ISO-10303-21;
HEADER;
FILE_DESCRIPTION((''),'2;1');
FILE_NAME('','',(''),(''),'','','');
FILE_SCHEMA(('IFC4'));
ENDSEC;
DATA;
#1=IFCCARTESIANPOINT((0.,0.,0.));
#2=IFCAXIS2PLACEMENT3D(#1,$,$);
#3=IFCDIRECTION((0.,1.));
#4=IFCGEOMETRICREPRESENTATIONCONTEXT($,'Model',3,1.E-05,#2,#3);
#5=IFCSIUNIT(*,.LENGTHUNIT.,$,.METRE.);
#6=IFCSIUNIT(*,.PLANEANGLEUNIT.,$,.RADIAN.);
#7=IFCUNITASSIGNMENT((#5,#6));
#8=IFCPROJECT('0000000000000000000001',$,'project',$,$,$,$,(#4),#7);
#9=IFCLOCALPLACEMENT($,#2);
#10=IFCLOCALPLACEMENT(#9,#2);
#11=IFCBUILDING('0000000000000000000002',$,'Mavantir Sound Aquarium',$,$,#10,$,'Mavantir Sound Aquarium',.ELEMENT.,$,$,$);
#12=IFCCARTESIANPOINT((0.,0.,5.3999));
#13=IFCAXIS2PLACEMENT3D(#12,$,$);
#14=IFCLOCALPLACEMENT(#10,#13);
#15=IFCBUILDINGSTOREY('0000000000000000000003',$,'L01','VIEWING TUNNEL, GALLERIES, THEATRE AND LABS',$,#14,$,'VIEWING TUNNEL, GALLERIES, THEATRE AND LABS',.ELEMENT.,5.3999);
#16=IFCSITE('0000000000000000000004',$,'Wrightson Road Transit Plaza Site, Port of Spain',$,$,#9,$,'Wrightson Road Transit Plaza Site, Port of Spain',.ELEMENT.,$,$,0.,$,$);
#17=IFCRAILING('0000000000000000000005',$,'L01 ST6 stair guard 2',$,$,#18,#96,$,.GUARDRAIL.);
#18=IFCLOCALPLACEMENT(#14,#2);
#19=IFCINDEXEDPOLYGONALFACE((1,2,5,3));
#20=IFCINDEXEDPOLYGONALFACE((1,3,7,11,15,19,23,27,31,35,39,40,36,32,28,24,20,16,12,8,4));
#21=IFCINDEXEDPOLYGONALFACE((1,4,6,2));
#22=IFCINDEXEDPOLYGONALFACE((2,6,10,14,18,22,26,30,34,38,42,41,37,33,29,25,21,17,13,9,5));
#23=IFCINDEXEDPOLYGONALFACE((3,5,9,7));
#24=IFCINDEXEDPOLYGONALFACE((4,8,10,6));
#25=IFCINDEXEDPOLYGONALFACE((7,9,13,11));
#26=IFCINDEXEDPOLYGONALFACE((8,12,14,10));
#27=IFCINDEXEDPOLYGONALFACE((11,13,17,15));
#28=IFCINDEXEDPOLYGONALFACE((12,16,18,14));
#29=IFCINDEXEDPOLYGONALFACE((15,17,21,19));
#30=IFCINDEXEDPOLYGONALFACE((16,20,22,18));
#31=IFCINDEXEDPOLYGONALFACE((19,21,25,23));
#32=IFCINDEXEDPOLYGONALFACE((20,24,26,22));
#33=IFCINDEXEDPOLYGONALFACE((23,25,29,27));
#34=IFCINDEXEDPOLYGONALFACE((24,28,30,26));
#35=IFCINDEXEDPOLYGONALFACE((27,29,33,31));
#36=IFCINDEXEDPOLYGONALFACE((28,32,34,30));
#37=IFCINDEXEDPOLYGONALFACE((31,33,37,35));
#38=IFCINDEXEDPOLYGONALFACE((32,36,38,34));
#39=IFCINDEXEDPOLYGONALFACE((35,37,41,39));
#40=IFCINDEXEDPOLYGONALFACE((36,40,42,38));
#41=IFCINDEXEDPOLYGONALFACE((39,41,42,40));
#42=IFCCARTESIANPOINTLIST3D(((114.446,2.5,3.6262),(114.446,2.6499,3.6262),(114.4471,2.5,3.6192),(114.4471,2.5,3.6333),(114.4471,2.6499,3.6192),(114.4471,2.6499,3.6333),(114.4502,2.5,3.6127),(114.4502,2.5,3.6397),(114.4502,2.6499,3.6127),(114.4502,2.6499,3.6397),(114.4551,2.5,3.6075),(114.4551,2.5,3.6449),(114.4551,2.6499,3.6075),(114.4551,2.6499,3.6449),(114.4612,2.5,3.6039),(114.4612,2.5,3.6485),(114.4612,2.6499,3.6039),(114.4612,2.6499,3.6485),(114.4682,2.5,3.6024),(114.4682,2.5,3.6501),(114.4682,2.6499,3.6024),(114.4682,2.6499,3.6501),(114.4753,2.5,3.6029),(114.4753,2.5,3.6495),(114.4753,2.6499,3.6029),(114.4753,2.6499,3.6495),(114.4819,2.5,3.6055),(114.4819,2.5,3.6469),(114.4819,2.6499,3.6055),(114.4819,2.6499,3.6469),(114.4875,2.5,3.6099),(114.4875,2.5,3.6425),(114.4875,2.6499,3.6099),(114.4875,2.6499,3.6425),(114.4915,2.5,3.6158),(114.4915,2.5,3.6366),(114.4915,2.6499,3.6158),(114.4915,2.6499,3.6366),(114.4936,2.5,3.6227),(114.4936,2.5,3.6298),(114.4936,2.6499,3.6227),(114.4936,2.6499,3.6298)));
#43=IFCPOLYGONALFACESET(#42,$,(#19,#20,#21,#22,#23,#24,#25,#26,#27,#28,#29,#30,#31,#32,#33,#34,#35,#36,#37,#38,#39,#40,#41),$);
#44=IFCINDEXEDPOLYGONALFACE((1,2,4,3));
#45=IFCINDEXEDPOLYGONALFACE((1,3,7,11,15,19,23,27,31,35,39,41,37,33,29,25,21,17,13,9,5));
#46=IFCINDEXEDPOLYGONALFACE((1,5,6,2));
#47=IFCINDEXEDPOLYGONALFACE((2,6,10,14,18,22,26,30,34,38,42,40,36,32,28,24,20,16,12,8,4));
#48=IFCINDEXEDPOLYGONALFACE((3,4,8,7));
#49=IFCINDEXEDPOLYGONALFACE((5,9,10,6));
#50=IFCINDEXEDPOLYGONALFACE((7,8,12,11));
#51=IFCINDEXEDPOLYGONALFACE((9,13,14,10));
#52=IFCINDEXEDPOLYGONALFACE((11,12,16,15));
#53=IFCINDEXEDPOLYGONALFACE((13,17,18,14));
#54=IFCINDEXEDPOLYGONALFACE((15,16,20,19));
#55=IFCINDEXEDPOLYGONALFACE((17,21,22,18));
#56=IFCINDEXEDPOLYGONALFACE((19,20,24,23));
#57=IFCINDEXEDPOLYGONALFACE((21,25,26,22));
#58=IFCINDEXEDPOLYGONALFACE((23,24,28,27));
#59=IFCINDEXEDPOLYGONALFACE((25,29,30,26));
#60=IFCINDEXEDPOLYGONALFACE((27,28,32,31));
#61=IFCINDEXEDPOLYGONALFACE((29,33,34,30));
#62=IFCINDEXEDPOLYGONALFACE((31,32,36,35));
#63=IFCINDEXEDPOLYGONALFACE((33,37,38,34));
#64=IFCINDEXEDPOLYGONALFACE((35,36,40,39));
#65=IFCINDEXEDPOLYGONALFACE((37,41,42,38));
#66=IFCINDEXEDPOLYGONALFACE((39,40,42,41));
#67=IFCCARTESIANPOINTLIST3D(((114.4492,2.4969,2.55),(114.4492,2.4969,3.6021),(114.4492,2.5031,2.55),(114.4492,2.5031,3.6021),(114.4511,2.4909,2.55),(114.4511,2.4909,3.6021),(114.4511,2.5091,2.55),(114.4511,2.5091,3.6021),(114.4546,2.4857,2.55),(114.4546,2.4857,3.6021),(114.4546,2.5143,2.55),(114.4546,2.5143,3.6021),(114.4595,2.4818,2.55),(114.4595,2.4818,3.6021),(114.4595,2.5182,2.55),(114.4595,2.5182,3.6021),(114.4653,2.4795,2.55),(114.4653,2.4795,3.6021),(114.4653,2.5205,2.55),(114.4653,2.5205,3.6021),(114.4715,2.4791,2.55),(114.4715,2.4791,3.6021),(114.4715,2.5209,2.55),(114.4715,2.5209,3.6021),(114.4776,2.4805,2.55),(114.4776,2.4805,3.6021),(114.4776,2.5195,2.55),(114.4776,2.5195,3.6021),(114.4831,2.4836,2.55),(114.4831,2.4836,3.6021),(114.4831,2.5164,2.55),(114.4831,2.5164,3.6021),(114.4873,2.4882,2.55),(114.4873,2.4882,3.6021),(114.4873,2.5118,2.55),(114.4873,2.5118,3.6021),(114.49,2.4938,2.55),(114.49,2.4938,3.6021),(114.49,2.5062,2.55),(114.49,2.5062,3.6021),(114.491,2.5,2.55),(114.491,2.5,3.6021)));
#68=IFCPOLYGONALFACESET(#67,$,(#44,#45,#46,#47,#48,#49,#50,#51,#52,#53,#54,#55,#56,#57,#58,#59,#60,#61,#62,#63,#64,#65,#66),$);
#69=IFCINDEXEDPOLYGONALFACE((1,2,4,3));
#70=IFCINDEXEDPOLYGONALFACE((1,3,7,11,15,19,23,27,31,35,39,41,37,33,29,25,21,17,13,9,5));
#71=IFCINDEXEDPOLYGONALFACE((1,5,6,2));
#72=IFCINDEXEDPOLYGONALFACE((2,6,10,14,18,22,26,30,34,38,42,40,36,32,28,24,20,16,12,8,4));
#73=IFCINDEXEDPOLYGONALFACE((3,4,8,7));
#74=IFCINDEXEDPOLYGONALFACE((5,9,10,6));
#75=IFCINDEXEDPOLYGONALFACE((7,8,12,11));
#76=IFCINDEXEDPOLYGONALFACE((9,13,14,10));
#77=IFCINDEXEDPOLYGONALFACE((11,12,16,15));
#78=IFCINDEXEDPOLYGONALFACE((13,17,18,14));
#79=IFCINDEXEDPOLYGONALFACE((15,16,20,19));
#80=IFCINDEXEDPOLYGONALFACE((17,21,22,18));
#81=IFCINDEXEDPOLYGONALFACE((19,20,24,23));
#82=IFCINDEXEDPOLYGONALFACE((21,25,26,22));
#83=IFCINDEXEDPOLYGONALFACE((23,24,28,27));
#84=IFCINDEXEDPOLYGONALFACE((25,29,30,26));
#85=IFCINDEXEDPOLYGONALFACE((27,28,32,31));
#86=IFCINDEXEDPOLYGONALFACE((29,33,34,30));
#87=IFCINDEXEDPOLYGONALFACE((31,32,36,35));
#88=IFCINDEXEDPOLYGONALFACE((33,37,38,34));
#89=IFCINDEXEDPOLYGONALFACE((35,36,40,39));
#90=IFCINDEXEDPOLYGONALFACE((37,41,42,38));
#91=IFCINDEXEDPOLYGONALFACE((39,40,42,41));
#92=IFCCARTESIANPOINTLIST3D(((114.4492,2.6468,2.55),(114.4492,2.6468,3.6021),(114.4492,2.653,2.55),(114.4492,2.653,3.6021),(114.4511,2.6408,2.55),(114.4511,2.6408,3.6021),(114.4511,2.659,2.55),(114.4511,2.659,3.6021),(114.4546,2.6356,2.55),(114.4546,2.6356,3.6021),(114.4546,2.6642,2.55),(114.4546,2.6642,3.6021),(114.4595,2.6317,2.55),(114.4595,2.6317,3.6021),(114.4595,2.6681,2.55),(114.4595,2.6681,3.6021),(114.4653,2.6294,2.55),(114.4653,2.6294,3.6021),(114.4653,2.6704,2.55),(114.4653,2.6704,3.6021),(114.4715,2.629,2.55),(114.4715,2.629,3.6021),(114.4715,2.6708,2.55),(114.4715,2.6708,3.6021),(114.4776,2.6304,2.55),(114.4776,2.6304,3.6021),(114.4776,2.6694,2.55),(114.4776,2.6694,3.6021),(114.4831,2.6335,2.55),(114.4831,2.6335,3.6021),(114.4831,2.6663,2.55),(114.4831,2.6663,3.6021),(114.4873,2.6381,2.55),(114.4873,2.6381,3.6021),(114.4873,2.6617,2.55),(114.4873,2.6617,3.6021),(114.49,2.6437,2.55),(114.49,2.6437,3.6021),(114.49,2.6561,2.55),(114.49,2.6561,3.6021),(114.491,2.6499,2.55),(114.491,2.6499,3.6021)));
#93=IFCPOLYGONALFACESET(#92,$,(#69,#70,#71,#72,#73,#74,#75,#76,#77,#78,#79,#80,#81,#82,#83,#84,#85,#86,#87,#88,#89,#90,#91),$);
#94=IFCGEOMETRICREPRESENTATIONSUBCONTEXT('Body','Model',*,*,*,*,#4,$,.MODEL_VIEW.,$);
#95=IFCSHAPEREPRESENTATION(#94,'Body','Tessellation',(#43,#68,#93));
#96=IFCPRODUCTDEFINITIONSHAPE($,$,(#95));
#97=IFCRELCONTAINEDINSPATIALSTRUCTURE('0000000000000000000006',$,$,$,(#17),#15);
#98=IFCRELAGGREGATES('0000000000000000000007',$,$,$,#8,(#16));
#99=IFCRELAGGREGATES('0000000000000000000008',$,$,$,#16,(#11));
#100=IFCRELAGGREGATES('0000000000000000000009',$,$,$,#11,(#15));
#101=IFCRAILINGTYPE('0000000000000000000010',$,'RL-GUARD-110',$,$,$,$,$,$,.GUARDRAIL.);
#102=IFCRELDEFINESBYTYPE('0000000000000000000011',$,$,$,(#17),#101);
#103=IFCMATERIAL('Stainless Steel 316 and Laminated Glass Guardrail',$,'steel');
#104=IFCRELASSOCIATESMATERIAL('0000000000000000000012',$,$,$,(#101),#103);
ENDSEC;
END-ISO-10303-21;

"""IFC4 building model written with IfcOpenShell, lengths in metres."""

from ifc_helpers import new_model, si_unit, direction, frame, origin, origin_2d, place, context, subcontext, project, spatial, circle, extrude, material, type_object, element, save


model = new_model("IFC4")

# Units and contexts
model_context = context("Model", 3, precision=1e-05, world=origin(), true_north=direction((0.0, 1.0)))
body_context = subcontext(model_context, "Body", "Model", "MODEL_VIEW")
ifc_project = project(units=[si_unit("LENGTHUNIT", "METRE"), si_unit("PLANEANGLEUNIT", "RADIAN")], contexts=[model_context])

# Site, building, storey
site_placement = place(None, origin())
site = spatial("IfcSite", under=ifc_project, at=site_placement, Name="Wrightson Road Transit Plaza Site, Port of Spain", LongName="Wrightson Road Transit Plaza Site, Port of Spain", CompositionType="ELEMENT", RefElevation=0.0)
building_placement = place(site_placement, origin())
building = spatial("IfcBuilding", under=site, at=building_placement, Name="Mavantir Sound Aquarium", LongName="Mavantir Sound Aquarium", CompositionType="ELEMENT")
storey_placement = place(building_placement, frame((0.0, 0.0, 5.3999)))
storey = spatial("IfcBuildingStorey", under=building, at=storey_placement, Name="L01", Description="VIEWING TUNNEL, GALLERIES, THEATRE AND LABS", LongName="VIEWING TUNNEL, GALLERIES, THEATRE AND LABS", CompositionType="ELEMENT", Elevation=5.3999)

# Railing
ifc_material_1 = material(Name="Stainless Steel 316 and Laminated Glass Guardrail", Category="steel")
railing_type_1 = type_object("IfcRailingType", Name="RL-GUARD-110", PredefinedType="GUARDRAIL", material=ifc_material_1)
railing_1_placement = place(storey_placement, frame((114.47, 2.5, 2.55)))
element("IfcRailing", 1, at=railing_1_placement, inside=storey, type_object=railing_type_1, Name="L01 ST6 stair guard 2", PredefinedType="GUARDRAIL", context=body_context, shape_type="SweptSolid", body=[
    extrude(circle(Radius=0.0239, at=origin_2d()), frame((0.0, 0.0, 1.0762), z_axis=(0.0, 1.0, 0.0), x_axis=(-1.0, 0.0, 0.0)), (0.0, 0.0, 1.0), 0.1499),
    extrude(circle(Radius=0.021, at=origin_2d()), origin(), (0.0, 0.0, 1.0), 1.052),
    extrude(circle(Radius=0.021, at=origin_2d()), frame((0.0, 0.1499, 0.0)), (0.0, 0.0, 1.0), 1.052),
])

save(model, "model.ifc")
